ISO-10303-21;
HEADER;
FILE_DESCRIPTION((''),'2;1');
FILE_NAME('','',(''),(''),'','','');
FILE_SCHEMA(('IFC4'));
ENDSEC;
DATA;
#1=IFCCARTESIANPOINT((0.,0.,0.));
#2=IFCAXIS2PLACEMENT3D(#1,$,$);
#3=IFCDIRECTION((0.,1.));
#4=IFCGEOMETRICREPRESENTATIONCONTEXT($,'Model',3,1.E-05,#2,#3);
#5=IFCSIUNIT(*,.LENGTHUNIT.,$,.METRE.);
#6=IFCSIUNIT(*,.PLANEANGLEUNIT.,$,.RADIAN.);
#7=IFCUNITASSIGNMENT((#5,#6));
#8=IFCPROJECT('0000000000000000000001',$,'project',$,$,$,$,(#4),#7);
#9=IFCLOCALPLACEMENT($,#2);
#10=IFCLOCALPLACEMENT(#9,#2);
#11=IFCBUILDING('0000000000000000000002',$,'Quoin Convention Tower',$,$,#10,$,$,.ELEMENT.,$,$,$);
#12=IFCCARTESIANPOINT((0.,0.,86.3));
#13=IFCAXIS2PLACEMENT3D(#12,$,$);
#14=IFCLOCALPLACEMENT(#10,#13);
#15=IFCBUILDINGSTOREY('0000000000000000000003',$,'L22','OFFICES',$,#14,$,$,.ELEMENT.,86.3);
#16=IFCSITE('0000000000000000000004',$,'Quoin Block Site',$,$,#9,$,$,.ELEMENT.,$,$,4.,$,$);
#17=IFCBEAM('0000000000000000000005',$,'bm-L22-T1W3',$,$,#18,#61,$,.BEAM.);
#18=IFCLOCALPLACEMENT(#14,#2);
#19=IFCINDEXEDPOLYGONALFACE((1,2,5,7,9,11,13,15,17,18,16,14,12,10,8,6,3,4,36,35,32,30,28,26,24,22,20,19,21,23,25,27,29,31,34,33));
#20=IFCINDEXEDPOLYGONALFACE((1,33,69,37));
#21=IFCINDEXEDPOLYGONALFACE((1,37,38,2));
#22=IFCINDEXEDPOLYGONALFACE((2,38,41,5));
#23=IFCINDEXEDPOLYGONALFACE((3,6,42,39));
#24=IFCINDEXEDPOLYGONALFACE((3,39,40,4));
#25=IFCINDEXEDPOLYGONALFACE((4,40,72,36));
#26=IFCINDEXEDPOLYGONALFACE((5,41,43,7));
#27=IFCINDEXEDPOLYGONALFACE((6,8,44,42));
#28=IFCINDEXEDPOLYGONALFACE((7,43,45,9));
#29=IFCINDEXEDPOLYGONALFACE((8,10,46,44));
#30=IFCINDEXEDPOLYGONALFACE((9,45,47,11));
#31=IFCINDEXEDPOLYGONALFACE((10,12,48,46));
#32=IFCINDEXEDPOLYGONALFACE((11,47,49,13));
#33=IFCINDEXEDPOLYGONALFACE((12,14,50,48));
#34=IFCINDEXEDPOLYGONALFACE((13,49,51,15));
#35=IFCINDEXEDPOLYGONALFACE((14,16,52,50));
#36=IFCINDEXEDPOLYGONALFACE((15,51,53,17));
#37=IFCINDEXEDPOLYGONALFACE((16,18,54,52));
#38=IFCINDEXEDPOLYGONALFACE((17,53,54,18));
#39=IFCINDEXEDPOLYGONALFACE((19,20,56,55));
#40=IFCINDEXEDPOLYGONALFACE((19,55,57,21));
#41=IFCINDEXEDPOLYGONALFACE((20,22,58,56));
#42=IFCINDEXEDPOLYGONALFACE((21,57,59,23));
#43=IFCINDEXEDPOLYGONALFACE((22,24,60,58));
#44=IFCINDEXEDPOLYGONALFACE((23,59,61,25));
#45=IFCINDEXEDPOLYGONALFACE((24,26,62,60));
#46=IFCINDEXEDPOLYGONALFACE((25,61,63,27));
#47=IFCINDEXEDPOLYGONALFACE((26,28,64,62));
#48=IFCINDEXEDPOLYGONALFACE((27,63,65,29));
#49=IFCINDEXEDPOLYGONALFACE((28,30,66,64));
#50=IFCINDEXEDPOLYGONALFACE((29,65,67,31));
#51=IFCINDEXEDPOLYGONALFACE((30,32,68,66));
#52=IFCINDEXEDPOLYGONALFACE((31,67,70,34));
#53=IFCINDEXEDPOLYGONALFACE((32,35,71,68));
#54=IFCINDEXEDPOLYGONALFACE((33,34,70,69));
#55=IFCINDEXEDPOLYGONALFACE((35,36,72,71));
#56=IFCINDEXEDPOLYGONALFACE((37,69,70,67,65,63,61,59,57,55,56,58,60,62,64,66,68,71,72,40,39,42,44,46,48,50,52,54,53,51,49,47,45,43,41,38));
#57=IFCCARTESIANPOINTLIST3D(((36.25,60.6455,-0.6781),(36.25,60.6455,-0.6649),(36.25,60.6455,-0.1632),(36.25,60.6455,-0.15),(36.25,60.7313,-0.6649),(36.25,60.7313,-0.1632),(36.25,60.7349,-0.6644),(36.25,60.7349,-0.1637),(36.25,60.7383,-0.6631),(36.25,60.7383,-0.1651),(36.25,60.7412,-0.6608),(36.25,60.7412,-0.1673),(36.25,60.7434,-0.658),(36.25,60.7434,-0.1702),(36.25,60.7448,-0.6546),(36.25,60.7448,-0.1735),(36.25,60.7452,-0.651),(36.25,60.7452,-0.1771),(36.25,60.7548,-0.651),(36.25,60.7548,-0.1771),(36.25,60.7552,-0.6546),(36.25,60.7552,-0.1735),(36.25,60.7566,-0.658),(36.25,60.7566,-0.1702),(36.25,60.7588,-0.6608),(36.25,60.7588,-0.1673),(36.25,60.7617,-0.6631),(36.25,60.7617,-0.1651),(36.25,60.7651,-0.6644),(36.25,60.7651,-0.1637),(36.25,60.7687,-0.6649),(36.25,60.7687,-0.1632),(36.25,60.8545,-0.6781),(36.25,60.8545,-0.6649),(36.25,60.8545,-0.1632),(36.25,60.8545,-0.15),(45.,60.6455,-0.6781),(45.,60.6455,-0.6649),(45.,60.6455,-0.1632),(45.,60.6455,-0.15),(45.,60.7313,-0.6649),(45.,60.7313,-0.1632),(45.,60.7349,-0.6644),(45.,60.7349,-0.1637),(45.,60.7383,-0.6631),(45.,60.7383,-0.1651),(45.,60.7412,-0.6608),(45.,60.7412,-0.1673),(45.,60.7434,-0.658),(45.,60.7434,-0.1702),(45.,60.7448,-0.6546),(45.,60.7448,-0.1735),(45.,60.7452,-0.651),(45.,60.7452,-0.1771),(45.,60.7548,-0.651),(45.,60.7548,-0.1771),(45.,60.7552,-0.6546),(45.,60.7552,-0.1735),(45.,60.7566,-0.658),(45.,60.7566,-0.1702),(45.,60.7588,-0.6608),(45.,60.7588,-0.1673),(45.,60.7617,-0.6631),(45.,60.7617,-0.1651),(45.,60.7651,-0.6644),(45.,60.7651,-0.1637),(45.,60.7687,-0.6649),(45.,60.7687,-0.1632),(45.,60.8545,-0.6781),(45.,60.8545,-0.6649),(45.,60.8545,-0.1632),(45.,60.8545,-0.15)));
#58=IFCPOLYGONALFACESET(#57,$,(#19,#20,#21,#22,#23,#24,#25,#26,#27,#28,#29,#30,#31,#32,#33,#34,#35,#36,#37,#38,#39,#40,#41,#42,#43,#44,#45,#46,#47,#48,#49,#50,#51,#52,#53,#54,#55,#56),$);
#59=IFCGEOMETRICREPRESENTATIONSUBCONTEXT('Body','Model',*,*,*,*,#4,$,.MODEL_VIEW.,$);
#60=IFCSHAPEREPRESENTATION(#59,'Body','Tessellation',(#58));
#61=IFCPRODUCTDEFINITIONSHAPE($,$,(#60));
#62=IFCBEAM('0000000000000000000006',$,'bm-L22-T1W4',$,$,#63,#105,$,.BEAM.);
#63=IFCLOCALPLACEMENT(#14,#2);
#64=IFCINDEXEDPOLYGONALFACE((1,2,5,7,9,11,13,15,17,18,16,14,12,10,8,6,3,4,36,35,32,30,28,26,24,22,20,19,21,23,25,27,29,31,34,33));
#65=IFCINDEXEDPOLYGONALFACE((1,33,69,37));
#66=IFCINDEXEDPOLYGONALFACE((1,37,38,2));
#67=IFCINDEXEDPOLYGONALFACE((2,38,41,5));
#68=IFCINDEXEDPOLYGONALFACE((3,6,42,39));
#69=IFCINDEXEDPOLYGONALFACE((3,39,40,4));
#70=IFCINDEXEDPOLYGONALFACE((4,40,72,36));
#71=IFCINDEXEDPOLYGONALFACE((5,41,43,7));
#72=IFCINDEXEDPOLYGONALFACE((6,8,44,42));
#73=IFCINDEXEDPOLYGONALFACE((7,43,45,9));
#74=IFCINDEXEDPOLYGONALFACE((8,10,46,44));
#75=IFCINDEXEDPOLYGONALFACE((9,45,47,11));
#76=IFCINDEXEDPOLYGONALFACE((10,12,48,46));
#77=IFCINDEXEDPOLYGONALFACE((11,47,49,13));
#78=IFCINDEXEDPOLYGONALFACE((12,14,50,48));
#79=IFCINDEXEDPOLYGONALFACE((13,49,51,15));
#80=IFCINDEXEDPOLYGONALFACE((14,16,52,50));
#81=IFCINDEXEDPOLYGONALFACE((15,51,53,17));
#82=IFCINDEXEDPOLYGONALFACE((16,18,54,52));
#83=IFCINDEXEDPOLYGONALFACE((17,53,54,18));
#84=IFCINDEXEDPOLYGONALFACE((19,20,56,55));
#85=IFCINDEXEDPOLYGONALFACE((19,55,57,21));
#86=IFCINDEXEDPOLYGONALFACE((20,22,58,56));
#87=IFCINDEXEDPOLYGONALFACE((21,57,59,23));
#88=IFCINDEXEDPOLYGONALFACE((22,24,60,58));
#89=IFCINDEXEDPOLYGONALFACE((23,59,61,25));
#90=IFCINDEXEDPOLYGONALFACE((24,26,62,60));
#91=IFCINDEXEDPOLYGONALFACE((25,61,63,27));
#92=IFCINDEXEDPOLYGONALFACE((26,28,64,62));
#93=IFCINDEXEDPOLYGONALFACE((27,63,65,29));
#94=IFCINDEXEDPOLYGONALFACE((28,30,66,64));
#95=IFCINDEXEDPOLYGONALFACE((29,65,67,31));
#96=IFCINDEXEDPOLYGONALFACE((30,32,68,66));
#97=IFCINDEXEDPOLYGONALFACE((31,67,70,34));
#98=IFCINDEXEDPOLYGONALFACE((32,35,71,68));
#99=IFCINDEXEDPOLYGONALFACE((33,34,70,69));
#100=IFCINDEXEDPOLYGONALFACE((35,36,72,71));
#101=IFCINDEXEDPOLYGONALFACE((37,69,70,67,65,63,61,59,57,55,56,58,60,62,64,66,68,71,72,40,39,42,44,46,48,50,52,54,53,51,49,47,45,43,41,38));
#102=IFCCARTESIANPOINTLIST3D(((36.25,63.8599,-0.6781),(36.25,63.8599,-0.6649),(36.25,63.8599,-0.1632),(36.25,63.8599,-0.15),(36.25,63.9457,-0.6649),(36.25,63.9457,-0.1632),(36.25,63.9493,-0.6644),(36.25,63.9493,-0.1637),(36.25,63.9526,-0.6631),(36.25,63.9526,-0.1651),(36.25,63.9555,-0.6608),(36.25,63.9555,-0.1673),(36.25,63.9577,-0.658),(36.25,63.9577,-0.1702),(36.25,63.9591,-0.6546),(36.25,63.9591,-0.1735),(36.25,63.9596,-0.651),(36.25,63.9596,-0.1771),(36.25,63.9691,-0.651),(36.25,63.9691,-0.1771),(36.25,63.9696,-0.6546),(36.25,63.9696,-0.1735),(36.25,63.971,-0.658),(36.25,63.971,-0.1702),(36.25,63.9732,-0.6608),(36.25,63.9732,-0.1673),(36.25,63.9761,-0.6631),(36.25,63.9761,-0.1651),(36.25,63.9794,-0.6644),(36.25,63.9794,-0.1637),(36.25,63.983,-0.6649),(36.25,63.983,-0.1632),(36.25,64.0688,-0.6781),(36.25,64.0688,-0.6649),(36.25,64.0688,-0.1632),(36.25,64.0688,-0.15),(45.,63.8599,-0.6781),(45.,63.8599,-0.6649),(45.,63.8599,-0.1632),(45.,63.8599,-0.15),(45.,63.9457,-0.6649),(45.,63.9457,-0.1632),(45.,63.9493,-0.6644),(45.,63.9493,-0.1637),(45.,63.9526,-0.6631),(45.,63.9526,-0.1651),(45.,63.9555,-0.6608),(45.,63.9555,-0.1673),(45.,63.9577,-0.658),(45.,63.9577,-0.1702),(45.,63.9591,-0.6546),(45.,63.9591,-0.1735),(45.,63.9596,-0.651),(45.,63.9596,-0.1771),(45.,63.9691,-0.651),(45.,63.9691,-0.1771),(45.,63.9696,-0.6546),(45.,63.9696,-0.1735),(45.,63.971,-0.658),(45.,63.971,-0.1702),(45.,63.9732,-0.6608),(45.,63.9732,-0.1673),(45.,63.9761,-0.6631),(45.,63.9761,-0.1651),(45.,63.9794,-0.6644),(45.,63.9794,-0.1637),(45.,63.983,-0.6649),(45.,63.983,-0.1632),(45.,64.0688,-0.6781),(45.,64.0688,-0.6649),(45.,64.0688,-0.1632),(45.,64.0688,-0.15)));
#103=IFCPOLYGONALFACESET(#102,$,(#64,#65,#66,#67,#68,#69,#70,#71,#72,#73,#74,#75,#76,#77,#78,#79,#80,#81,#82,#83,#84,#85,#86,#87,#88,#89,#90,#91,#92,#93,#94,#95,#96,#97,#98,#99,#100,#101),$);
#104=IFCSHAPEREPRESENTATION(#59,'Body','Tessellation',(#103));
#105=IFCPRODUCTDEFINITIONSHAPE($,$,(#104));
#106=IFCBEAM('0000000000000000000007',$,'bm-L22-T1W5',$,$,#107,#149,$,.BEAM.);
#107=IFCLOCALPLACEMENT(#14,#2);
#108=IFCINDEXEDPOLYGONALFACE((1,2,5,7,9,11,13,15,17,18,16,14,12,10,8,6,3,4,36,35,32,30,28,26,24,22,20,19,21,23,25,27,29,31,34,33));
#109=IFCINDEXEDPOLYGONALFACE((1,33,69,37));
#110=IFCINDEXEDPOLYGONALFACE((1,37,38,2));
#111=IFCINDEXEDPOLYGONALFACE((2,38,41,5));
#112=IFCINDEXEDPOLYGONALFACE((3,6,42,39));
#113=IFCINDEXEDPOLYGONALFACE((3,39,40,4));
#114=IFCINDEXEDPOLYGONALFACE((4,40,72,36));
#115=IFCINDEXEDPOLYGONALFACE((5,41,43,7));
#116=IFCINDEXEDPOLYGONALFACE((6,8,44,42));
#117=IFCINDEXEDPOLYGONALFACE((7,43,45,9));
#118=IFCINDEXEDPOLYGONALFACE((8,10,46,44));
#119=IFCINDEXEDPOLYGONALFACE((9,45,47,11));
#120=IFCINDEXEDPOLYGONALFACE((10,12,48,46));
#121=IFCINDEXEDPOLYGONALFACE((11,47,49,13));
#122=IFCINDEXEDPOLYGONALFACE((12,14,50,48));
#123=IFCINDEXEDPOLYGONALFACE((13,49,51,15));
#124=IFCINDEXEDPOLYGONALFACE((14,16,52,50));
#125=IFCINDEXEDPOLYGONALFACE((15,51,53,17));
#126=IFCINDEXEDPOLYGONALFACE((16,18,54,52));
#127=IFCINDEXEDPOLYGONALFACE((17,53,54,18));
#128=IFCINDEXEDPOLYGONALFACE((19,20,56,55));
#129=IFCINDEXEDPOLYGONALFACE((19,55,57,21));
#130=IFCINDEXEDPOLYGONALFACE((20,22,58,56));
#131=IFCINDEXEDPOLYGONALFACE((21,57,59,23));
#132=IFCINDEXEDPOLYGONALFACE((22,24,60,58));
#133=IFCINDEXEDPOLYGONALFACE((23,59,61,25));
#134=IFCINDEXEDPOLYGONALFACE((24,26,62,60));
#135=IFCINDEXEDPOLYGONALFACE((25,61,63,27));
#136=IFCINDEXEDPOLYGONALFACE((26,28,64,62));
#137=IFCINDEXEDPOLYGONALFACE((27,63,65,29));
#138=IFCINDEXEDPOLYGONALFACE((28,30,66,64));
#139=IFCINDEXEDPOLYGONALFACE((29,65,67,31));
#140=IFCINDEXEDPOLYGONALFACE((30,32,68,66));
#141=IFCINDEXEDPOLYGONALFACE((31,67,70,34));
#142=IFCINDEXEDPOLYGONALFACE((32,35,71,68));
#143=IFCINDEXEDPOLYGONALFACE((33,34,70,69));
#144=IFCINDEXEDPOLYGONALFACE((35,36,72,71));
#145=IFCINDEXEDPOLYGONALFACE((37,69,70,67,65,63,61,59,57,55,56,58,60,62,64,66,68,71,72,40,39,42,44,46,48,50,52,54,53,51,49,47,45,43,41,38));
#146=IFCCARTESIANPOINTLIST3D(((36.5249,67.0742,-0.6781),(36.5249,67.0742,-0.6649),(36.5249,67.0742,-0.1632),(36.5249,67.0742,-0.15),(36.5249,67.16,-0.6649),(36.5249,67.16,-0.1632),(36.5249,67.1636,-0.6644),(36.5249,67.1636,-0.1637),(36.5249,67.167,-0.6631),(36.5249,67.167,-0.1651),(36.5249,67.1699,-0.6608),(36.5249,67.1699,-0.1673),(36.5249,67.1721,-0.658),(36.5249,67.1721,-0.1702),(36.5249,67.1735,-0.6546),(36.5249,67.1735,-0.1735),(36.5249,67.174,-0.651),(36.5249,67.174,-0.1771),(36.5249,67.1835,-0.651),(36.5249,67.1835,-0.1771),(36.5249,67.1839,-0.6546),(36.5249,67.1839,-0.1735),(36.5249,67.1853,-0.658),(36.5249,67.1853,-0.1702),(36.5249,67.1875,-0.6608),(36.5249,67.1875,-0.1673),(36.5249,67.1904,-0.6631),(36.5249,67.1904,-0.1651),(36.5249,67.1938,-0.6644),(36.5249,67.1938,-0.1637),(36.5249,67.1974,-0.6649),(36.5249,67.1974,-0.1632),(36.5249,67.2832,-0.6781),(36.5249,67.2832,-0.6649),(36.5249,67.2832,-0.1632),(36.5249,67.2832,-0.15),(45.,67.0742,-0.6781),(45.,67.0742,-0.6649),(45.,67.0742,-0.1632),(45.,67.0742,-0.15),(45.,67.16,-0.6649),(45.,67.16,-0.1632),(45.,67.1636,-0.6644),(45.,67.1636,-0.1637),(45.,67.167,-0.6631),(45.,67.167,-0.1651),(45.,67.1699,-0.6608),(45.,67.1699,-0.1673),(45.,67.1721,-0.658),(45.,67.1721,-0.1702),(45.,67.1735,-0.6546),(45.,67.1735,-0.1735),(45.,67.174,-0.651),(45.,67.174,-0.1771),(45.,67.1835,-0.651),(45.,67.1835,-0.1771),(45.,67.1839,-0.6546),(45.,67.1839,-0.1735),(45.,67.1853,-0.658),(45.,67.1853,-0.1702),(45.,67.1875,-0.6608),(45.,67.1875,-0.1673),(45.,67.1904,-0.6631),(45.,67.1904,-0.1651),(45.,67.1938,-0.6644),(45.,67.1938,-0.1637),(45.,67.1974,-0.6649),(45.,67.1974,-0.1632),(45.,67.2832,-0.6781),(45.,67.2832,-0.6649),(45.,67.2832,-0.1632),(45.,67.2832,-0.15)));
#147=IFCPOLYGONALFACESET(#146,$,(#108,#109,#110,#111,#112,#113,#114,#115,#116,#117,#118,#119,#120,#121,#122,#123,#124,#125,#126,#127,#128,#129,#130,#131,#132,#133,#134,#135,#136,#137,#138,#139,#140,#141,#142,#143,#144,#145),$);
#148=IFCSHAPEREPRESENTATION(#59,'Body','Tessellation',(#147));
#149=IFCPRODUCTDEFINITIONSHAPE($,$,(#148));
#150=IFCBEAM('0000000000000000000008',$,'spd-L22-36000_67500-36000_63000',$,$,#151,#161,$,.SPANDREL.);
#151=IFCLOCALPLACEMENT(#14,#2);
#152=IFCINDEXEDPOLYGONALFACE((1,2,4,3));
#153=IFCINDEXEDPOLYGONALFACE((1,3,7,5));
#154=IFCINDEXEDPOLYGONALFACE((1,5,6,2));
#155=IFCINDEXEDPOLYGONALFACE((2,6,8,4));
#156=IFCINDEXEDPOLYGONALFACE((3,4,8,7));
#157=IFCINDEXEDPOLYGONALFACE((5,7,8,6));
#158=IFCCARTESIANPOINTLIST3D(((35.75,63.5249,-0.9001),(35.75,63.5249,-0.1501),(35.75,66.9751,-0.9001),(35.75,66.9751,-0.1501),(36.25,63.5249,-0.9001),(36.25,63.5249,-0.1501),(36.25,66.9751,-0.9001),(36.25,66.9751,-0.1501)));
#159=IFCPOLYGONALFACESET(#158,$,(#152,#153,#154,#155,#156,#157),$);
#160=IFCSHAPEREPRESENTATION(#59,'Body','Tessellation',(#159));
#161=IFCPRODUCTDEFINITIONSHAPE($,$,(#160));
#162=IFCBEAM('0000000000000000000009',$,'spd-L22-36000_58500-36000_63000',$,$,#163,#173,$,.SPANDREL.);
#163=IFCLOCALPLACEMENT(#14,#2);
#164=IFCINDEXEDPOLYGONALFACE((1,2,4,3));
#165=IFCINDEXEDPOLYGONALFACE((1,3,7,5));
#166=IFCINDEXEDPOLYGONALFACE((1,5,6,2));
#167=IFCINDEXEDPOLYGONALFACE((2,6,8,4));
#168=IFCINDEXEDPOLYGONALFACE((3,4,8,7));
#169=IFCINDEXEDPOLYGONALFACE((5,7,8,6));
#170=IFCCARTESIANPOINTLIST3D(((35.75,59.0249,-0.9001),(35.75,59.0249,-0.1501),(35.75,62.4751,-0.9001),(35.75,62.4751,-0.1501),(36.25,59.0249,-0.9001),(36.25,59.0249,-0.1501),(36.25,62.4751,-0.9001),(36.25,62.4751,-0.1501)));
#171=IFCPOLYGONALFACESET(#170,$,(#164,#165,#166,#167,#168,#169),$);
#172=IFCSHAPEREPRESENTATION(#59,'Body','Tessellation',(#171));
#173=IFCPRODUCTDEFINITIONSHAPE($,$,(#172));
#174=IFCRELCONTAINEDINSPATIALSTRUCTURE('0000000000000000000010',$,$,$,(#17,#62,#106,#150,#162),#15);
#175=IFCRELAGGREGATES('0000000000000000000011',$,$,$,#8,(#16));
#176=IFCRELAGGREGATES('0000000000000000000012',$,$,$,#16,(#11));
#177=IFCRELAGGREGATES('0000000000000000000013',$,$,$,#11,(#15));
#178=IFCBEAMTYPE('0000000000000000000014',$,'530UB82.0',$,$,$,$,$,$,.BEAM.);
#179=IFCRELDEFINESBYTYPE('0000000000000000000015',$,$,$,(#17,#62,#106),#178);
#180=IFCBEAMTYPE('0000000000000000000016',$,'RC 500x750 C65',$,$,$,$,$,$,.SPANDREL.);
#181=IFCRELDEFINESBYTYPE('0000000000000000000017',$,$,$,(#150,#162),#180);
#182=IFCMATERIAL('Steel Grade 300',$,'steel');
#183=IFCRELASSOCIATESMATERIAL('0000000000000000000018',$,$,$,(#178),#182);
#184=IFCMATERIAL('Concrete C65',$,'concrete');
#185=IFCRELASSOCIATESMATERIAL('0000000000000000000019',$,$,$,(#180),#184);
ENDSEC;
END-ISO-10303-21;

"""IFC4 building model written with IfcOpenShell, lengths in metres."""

from ifc_helpers import new_model, si_unit, direction, frame, origin, origin_2d, place, context, subcontext, project, spatial, rectangle, i_section, extrude, material, material_profile, profile_set, type_object, element, save


model = new_model("IFC4")

# Units and contexts
model_context = context("Model", 3, precision=1e-05, world=origin(), true_north=direction((0.0, 1.0)))
body_context = subcontext(model_context, "Body", "Model", "MODEL_VIEW")
ifc_project = project(units=[si_unit("LENGTHUNIT", "METRE"), si_unit("PLANEANGLEUNIT", "RADIAN")], contexts=[model_context])

# Site, building, storey
site_placement = place(None, origin())
site = spatial("IfcSite", under=ifc_project, at=site_placement, Name="Quoin Block Site", CompositionType="ELEMENT", RefElevation=4.0)
building_placement = place(site_placement, origin())
building = spatial("IfcBuilding", under=site, at=building_placement, Name="Quoin Convention Tower", CompositionType="ELEMENT")
storey_placement = place(building_placement, frame((0.0, 0.0, 86.3)))
storey = spatial("IfcBuildingStorey", under=building, at=storey_placement, Name="L22", Description="OFFICES", CompositionType="ELEMENT", Elevation=86.3)

# Shared definitions
ifc_material_1 = material(Name="Concrete C65", Category="concrete")

# Beams
ifc_material_2 = material(Name="Steel Grade 300", Category="steel")
ifc_material_profile_1 = material_profile(ifc_material_2, i_section(OverallWidth=0.209, OverallDepth=0.5281, WebThickness=0.0095, FlangeThickness=0.0132, FilletRadius=0.0139, at=origin_2d()), Name="530UB82.0")
ifc_profile_set_1 = profile_set([ifc_material_profile_1], Name="Steel Grade 300")
beam_type_1 = type_object("IfcBeamType", Name="530UB82.0", PredefinedType="BEAM", material=ifc_profile_set_1)
for number, where, z_axis, x_axis, name in (
    (1, (36.25, 60.75, -0.4141), (1.0, 0.0, 0.0), (0.0, 1.0, 0.0), "bm-L22-T1W3"),
    (2, (36.25, 63.9644, -0.4141), (1.0, 0.0, 0.0), (0.0, 1.0, 0.0), "bm-L22-T1W4"),
):
    element("IfcBeam", number, at=place(storey_placement, frame(where, z_axis=z_axis, x_axis=x_axis)), inside=storey, type_object=beam_type_1, Name=name, PredefinedType="BEAM", context=body_context, shape_type="SweptSolid", body=[
        extrude(i_section(OverallWidth=0.209, OverallDepth=0.5281, WebThickness=0.0095, FlangeThickness=0.0132, FilletRadius=0.0139, at=origin_2d()), origin(), (0.0, 0.0, 1.0), 8.75),
    ])
beam_1_placement = place(storey_placement, frame((36.5249, 67.1787, -0.4141), z_axis=(1.0, 0.0, 0.0), x_axis=(0.0, 1.0, 0.0)))
element("IfcBeam", 3, at=beam_1_placement, inside=storey, type_object=beam_type_1, Name="bm-L22-T1W5", PredefinedType="BEAM", context=body_context, shape_type="SweptSolid", body=[
    extrude(i_section(OverallWidth=0.209, OverallDepth=0.5281, WebThickness=0.0095, FlangeThickness=0.0132, FilletRadius=0.0139, at=origin_2d()), origin(), (0.0, 0.0, 1.0), 8.4751),
])
ifc_material_profile_2 = material_profile(ifc_material_1, rectangle(XDim=0.5, YDim=0.75, at=origin_2d()), Name="RC 500x750")
ifc_profile_set_2 = profile_set([ifc_material_profile_2], Name="Concrete C65")
beam_type_2 = type_object("IfcBeamType", Name="RC 500x750 C65", PredefinedType="SPANDREL", material=ifc_profile_set_2)
for number, where, z_axis, x_axis, name in (
    (4, (36.0, 66.9751, -0.5251), (0.0, -1.0, 0.0), (1.0, 0.0, 0.0), "spd-L22-36000_67500-36000_63000"),
    (5, (36.0, 59.0249, -0.5251), (0.0, 1.0, 0.0), (-1.0, 0.0, 0.0), "spd-L22-36000_58500-36000_63000"),
):
    element("IfcBeam", number, at=place(storey_placement, frame(where, z_axis=z_axis, x_axis=x_axis)), inside=storey, type_object=beam_type_2, Name=name, PredefinedType="SPANDREL", context=body_context, shape_type="SweptSolid", body=[
        extrude(rectangle(XDim=0.5, YDim=0.75, at=origin_2d()), origin(), (0.0, 0.0, 1.0), 3.4502),
    ])

save(model, "model.ifc")
